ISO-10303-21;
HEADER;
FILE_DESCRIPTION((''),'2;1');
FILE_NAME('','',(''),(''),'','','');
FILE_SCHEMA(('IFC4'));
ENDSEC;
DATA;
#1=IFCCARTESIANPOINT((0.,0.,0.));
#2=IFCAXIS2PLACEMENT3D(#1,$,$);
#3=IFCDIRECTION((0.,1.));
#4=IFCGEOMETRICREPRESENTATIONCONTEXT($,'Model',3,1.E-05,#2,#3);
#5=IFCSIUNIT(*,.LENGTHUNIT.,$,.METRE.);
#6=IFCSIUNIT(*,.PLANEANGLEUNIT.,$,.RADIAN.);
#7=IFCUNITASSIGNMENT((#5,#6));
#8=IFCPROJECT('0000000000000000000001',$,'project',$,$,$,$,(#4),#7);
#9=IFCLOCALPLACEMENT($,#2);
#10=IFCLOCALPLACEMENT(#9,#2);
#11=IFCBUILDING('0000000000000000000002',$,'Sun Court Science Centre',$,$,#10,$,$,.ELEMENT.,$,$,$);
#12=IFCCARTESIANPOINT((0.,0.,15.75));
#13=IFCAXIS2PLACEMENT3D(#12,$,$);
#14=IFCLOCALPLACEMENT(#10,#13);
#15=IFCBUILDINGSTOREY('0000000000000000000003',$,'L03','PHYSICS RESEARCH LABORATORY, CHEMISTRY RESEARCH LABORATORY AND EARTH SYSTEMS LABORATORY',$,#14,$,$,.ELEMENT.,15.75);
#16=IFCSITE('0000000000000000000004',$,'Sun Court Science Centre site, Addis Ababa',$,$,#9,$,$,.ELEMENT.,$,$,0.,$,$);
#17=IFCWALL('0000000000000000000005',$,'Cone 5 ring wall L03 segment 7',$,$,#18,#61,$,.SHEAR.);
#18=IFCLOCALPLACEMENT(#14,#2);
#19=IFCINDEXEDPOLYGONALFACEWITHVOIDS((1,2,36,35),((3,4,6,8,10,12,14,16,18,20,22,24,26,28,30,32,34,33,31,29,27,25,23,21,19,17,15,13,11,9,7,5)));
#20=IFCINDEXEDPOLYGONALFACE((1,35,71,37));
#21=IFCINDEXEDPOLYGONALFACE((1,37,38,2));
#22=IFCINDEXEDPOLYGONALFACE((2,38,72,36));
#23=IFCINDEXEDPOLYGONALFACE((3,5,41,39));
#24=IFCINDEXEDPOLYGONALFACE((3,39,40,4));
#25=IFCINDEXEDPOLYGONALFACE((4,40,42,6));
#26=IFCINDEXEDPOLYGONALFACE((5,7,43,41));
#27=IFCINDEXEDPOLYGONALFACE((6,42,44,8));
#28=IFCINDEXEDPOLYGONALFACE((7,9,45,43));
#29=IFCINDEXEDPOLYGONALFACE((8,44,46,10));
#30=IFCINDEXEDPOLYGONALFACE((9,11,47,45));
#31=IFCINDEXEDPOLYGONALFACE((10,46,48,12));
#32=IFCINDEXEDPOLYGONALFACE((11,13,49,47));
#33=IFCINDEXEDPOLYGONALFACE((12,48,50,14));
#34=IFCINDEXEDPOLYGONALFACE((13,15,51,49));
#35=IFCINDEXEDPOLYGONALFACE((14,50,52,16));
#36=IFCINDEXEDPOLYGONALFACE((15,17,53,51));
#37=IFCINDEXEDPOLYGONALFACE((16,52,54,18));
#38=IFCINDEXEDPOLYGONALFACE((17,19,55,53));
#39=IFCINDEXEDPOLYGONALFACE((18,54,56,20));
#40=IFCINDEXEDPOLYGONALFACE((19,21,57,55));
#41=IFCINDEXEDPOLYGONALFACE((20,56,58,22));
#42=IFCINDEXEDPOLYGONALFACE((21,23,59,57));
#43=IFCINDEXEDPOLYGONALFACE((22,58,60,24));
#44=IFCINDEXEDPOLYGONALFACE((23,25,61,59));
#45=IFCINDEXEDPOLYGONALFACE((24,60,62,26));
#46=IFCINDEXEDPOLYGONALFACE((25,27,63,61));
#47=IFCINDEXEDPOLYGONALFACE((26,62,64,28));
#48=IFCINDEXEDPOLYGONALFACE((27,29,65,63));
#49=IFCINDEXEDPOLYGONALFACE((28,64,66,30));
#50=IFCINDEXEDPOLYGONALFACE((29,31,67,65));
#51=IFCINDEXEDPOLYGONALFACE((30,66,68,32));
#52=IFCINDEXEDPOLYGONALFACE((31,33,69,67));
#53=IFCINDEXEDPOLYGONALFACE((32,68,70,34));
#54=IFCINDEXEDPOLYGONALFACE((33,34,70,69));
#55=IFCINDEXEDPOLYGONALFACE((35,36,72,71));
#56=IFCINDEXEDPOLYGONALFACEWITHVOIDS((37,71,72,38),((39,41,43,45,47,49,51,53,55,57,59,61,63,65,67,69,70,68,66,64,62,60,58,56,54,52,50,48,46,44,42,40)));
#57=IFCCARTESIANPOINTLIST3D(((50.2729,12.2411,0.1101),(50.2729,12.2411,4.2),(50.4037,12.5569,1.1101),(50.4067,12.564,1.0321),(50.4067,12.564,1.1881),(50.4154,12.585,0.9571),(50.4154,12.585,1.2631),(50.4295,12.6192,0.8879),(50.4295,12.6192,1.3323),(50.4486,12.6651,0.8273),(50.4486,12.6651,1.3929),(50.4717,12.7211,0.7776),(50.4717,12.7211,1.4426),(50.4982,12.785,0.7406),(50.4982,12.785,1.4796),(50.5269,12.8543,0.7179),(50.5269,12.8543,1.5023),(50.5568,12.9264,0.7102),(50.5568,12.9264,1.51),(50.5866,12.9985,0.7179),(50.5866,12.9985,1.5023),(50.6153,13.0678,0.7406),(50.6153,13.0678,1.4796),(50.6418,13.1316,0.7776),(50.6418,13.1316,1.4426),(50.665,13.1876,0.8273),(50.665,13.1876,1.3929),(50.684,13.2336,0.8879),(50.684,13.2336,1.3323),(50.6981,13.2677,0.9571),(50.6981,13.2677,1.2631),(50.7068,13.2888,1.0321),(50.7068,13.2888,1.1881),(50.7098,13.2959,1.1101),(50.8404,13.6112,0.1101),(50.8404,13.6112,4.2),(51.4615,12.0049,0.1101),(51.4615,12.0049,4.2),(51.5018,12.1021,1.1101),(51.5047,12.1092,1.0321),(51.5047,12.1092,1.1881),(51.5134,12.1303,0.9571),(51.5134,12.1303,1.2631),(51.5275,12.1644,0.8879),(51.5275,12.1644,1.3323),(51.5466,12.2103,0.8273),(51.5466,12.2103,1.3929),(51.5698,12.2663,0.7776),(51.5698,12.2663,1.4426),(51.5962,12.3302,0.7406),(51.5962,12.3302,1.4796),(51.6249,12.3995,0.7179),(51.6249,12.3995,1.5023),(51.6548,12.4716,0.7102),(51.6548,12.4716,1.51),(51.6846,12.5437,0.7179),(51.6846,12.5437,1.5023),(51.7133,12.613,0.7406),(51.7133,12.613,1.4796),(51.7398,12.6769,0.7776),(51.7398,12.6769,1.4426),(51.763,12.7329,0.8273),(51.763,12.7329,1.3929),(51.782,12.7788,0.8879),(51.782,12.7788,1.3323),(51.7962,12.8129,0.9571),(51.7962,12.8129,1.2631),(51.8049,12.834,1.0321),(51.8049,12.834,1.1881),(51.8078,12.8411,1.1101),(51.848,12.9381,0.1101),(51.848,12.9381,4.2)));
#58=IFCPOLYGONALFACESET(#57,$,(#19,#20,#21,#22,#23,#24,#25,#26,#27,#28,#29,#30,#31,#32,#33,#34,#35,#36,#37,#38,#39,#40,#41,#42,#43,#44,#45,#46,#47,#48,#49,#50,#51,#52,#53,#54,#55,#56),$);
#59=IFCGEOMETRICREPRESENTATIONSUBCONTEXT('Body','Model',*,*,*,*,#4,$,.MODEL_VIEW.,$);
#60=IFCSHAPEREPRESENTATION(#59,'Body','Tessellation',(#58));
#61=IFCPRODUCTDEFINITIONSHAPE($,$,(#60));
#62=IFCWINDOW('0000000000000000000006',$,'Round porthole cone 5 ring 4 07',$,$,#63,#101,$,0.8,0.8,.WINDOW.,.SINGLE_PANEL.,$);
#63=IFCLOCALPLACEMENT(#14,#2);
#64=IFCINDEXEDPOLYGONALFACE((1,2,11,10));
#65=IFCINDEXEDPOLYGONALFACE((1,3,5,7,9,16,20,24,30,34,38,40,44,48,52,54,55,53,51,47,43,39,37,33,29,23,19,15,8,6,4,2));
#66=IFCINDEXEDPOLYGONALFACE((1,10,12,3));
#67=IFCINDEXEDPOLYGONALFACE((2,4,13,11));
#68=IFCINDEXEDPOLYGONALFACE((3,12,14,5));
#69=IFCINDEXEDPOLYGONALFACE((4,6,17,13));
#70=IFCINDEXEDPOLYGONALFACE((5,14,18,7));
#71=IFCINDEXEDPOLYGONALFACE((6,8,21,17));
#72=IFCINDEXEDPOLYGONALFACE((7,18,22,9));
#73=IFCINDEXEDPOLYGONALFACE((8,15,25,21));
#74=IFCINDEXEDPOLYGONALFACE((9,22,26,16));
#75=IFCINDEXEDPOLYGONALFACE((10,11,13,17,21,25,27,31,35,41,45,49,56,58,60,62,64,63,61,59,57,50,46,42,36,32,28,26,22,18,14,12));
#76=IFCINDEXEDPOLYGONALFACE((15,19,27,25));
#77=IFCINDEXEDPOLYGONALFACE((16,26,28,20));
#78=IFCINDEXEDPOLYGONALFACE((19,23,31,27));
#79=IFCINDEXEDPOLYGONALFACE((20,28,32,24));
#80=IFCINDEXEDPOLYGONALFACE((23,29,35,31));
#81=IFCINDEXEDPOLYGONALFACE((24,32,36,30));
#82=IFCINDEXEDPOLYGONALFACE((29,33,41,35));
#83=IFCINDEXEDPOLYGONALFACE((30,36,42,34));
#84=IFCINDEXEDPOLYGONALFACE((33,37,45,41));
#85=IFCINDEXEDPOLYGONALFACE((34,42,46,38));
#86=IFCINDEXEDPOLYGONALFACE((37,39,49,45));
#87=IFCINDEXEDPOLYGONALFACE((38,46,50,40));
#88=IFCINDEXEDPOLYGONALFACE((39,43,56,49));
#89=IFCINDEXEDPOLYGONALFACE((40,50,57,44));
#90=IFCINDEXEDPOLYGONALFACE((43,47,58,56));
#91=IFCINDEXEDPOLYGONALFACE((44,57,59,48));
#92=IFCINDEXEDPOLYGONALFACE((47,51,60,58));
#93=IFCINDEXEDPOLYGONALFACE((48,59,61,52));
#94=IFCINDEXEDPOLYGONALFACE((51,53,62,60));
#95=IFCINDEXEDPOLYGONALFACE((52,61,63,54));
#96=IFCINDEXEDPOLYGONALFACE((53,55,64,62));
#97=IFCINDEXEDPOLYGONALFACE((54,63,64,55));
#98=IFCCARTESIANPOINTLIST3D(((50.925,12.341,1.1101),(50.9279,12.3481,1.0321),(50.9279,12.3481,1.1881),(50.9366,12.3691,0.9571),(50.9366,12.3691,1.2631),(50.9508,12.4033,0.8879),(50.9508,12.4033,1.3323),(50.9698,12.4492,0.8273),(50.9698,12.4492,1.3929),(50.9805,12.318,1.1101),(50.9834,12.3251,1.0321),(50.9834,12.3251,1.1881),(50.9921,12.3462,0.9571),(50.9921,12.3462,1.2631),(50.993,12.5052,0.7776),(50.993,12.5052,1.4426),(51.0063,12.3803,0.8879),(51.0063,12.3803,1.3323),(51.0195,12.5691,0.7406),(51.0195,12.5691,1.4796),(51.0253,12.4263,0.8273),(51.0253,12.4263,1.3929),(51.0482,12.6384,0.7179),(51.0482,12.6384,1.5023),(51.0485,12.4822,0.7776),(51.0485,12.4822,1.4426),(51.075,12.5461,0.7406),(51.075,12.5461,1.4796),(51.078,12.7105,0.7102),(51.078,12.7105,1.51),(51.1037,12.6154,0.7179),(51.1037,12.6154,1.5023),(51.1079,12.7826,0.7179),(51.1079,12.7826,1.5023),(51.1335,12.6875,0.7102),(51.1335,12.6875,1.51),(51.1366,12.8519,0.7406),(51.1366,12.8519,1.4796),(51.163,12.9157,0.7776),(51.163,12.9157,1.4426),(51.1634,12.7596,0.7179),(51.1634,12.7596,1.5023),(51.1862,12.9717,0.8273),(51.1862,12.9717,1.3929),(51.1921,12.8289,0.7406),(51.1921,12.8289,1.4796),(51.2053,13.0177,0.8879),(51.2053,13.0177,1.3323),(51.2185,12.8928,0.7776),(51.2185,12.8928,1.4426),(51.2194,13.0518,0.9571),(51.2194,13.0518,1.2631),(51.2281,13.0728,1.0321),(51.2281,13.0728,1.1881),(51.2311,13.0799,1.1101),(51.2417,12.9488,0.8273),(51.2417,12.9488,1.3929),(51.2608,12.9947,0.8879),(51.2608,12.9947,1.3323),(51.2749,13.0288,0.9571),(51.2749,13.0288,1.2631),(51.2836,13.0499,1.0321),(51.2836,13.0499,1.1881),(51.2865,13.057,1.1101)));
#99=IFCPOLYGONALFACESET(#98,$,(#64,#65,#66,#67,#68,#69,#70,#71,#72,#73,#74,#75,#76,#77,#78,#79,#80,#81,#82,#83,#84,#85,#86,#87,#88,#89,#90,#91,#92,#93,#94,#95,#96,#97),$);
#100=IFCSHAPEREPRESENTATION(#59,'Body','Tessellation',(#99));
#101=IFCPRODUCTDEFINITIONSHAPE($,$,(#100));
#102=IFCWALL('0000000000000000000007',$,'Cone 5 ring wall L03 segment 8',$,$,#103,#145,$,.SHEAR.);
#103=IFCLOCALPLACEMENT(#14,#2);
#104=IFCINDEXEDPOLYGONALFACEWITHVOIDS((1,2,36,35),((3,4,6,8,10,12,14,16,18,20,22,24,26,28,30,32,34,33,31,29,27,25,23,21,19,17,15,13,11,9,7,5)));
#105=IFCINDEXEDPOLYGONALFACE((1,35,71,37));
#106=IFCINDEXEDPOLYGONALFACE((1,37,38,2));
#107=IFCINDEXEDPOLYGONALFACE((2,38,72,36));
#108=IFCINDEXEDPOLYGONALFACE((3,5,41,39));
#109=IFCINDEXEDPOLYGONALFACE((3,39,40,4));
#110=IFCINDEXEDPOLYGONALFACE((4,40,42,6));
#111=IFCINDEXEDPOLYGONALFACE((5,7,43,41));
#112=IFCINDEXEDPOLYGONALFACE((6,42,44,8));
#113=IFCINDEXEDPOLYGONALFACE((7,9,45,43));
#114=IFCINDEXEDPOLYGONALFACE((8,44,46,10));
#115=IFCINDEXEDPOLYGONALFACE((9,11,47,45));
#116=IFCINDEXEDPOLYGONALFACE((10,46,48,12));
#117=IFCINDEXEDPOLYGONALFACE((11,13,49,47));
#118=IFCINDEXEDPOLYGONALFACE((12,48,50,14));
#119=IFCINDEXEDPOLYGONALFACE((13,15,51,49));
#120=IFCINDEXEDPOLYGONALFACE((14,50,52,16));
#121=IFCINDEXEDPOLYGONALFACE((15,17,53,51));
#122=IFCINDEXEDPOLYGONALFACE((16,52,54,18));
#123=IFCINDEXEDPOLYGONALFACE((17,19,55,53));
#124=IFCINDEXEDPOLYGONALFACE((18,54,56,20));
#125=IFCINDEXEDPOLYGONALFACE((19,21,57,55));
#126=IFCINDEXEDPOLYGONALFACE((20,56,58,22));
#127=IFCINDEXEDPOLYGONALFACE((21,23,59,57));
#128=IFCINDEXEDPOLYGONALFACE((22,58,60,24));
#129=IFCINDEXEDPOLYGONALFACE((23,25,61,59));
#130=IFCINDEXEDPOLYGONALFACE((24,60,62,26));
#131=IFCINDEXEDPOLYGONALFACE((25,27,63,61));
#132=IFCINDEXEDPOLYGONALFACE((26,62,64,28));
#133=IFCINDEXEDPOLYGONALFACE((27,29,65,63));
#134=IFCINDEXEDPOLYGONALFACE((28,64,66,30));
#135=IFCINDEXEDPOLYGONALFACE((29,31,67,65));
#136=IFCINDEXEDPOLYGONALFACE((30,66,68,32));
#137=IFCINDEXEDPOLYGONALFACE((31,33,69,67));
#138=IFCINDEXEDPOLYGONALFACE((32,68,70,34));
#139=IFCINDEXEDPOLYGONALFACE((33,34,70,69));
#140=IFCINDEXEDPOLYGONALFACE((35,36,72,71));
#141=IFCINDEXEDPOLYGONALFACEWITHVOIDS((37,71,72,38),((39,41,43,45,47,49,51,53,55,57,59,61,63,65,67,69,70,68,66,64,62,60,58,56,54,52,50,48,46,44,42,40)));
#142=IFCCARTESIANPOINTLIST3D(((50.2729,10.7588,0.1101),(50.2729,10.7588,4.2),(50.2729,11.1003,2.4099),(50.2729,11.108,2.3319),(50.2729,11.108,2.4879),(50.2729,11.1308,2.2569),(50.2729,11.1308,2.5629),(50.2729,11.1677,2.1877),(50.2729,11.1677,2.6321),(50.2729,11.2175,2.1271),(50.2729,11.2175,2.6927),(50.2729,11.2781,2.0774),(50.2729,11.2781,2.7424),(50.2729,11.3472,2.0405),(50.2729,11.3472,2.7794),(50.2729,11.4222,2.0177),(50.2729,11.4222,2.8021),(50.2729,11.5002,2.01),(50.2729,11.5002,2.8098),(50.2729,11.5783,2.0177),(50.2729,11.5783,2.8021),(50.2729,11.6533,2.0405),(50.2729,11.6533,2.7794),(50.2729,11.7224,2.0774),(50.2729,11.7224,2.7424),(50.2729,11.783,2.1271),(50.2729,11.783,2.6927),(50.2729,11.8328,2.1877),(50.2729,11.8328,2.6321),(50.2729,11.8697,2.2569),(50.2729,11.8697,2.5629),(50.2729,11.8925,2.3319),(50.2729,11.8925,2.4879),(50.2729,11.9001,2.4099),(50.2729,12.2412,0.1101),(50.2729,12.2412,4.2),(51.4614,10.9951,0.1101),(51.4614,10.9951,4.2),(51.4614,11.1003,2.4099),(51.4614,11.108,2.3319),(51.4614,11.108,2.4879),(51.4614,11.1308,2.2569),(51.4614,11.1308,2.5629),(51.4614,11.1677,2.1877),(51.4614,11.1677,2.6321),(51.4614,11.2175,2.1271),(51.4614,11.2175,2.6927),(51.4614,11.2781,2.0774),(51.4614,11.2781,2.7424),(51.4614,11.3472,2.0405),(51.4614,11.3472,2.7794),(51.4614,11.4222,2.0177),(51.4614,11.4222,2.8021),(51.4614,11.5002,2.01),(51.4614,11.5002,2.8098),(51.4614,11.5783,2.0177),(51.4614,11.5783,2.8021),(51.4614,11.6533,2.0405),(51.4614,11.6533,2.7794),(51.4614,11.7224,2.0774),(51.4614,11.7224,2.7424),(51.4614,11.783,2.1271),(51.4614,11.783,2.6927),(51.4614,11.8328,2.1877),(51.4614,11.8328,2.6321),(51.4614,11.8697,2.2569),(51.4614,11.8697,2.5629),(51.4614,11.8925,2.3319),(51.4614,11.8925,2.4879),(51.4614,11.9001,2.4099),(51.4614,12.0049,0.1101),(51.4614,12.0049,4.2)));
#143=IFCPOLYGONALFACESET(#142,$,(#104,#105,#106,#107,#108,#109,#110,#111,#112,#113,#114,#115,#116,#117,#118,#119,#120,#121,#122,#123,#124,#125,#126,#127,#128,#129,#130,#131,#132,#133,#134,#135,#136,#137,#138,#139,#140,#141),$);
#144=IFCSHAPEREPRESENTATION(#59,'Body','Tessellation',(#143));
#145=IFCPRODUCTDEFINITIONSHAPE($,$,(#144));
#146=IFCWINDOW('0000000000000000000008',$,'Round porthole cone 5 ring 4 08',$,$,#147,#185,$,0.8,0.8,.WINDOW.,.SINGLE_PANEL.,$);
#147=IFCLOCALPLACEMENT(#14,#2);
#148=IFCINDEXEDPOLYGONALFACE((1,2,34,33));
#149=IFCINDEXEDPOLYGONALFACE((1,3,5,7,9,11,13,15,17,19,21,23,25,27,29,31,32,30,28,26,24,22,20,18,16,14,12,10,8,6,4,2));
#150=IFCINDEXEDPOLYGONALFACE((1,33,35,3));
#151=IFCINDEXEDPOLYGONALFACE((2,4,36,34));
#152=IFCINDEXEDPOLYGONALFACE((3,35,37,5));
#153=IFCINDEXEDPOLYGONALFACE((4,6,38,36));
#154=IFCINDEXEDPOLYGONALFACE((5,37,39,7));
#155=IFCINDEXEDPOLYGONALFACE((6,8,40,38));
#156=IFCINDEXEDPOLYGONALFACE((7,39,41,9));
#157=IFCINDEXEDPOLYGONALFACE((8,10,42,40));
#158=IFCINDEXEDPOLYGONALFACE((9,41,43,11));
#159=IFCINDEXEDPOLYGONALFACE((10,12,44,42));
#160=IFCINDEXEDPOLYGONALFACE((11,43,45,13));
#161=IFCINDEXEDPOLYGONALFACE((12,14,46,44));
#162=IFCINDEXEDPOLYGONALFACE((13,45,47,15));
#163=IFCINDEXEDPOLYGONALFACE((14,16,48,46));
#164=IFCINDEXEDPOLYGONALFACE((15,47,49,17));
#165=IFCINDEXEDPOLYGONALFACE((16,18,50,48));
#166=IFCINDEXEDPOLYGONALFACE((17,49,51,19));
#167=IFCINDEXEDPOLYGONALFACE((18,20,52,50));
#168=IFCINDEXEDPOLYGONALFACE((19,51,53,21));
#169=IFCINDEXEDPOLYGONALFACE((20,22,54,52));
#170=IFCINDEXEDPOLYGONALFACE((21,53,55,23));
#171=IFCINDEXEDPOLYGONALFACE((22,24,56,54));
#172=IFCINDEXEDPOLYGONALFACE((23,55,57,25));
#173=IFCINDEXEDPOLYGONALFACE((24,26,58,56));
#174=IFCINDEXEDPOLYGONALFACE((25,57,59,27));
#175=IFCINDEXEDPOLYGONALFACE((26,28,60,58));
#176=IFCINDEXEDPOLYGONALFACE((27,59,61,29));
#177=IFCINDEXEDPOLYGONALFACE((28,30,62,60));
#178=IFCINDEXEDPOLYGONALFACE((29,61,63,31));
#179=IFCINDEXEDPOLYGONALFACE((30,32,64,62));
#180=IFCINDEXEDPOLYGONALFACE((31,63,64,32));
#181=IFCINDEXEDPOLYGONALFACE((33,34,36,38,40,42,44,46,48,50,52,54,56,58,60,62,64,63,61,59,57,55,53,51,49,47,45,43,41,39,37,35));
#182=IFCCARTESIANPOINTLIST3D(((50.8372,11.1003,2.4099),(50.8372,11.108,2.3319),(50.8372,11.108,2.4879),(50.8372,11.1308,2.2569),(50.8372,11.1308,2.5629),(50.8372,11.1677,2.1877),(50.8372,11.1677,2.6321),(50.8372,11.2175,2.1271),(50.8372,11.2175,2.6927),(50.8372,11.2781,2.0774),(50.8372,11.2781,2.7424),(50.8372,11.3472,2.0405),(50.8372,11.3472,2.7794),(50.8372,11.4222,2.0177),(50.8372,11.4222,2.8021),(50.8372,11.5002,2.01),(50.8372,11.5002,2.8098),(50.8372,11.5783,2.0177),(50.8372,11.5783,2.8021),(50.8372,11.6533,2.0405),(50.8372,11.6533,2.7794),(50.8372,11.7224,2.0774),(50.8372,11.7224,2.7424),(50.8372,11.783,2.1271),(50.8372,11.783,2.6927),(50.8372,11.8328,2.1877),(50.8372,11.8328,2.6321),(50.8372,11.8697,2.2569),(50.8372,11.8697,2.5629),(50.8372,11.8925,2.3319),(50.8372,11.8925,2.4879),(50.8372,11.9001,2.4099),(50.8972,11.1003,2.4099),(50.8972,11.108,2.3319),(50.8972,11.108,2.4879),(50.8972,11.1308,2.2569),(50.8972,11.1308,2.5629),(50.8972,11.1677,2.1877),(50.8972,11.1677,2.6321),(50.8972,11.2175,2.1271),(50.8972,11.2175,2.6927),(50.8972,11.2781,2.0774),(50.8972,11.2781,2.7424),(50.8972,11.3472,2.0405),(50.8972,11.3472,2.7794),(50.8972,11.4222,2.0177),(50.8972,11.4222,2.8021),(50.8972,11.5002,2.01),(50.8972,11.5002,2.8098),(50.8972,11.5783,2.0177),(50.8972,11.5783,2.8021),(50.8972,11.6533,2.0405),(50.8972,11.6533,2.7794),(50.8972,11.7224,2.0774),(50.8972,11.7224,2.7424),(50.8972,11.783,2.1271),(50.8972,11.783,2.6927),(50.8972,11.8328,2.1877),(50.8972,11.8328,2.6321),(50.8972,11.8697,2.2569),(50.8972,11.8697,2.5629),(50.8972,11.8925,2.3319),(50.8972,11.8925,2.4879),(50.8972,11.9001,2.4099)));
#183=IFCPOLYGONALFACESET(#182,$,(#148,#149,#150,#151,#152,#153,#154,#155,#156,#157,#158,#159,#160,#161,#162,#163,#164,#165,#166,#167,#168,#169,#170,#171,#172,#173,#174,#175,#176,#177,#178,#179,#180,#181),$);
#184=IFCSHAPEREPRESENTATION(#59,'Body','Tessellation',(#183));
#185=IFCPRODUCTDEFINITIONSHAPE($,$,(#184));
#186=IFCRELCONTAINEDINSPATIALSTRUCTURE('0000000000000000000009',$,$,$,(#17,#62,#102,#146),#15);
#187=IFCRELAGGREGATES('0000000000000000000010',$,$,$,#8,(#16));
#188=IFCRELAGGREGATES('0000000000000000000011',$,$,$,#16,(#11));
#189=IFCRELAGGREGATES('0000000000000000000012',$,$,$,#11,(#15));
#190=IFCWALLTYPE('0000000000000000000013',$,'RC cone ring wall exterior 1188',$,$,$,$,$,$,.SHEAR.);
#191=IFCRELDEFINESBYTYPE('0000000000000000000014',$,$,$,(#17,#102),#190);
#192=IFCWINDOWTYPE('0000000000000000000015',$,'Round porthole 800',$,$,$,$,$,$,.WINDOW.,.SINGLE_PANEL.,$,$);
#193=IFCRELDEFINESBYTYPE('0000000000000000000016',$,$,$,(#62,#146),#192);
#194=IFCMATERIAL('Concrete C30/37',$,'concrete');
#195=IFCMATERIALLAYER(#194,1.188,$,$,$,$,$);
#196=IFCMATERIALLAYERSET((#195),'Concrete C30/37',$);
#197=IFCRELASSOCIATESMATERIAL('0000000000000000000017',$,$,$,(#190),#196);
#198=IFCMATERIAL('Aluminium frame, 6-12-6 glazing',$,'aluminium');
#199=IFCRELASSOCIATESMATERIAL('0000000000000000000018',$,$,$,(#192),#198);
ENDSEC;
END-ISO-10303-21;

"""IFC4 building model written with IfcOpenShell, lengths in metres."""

from ifc_helpers import new_model, si_unit, direction, frame, frame_2d, origin, place, context, subcontext, project, spatial, polyline, circle, outline, extrude, material, layer, layer_set, type_object, element, fill, save


model = new_model("IFC4")

# Units and contexts
model_context = context("Model", 3, precision=1e-05, world=origin(), true_north=direction((0.0, 1.0)))
body_context = subcontext(model_context, "Body", "Model", "MODEL_VIEW")
ifc_project = project(units=[si_unit("LENGTHUNIT", "METRE"), si_unit("PLANEANGLEUNIT", "RADIAN")], contexts=[model_context])

# Site, building, storey
site_placement = place(None, origin())
site = spatial("IfcSite", under=ifc_project, at=site_placement, Name="Sun Court Science Centre site, Addis Ababa", CompositionType="ELEMENT", RefElevation=0.0)
building_placement = place(site_placement, origin())
building = spatial("IfcBuilding", under=site, at=building_placement, Name="Sun Court Science Centre", CompositionType="ELEMENT")
storey_placement = place(building_placement, frame((0.0, 0.0, 15.75)))
storey = spatial("IfcBuildingStorey", under=building, at=storey_placement, Name="L03", Description="PHYSICS RESEARCH LABORATORY, CHEMISTRY RESEARCH LABORATORY AND EARTH SYSTEMS LABORATORY", CompositionType="ELEMENT", Elevation=15.75)

# Walls, openings, windows
ifc_material_1 = material(Name="Concrete C30/37", Category="concrete")
ifc_layer = layer(ifc_material_1, 1.188)
ifc_layer_set = layer_set([ifc_layer], Name="Concrete C30/37")
wall_type = type_object("IfcWallType", Name="RC cone ring wall exterior 1188", PredefinedType="SHEAR", material=ifc_layer_set)
wall_1_placement = place(storey_placement, frame((51.3894, 13.3838, 0.1101), z_axis=(0.0, 0.0, 1.0), x_axis=(-0.382662, -0.923888, 0.0)))
wall_1 = element("IfcWall", 1, at=wall_1_placement, inside=storey, type_object=wall_type, Name="Cone 5 ring wall L03 segment 7", PredefinedType="SHEAR", context=body_context, shape_type="SweptSolid", body=[
    extrude(outline(polyline([(0.0, -0.5942), (1.4829, -0.5942), (1.2463, 0.5942), (0.2363, 0.5942), (0.0, -0.5942)])), origin(), (0.0, 0.0, 1.0), 4.0898),
])
opening_1_placement = place(wall_1_placement, frame((0.3413, 0.0, 0.6001)))
opening_1 = element("IfcOpeningElement", 2, at=opening_1_placement, cuts=wall_1, PredefinedType="OPENING", context=body_context, shape_type="SweptSolid", body=[
    extrude(circle(Radius=0.3999, at=frame_2d((0.3999, 0.3999))), frame((0.0, 0.6042, 0.0), z_axis=(0.0, -1.0, 0.0), x_axis=(1.0, 0.0, 0.0)), (0.0, 0.0, 1.0), 1.2085),
])
ifc_material_2 = material(Name="Aluminium frame, 6-12-6 glazing", Category="aluminium")
window_type = type_object("IfcWindowType", Name="Round porthole 800", PartitioningType="SINGLE_PANEL", PredefinedType="WINDOW", material=ifc_material_2)
window_1_placement = place(opening_1_placement, origin())
window_1 = element("IfcWindow", 3, at=window_1_placement, inside=storey, type_object=window_type, Name="Round porthole cone 5 ring 4 07", OverallHeight=0.8, OverallWidth=0.8, PartitioningType="SINGLE_PANEL", PredefinedType="WINDOW", context=body_context, shape_type="SweptSolid", body=[
    extrude(circle(Radius=0.3999, at=frame_2d((0.3999, 0.3999))), frame((0.0, 0.03, 0.0), z_axis=(0.0, -1.0, 0.0), x_axis=(1.0, 0.0, 0.0)), (0.0, 0.0, 1.0), 0.0601),
])
fill(opening_1, window_1)
wall_2_placement = place(storey_placement, frame((50.8672, 12.2415, 0.1101), z_axis=(0.0, 0.0, 1.0), x_axis=(0.0, -1.0, 0.0)))
wall_2 = element("IfcWall", 4, at=wall_2_placement, inside=storey, type_object=wall_type, Name="Cone 5 ring wall L03 segment 8", PredefinedType="SHEAR", context=body_context, shape_type="SweptSolid", body=[
    extrude(outline(polyline([(0.0002, -0.5942), (1.4827, -0.5942), (1.2463, 0.5942), (0.2366, 0.5942), (0.0002, -0.5942)])), origin(), (0.0, 0.0, 1.0), 4.0898),
])
opening_2_placement = place(wall_2_placement, frame((0.3413, 0.0, 1.8999)))
opening_2 = element("IfcOpeningElement", 5, at=opening_2_placement, cuts=wall_2, PredefinedType="OPENING", context=body_context, shape_type="SweptSolid", body=[
    extrude(circle(Radius=0.3999, at=frame_2d((0.3999, 0.3999))), frame((0.0, 0.6042, 0.0), z_axis=(0.0, -1.0, 0.0), x_axis=(1.0, 0.0, 0.0)), (0.0, 0.0, 1.0), 1.2085),
])
window_2_placement = place(opening_2_placement, origin())
window_2 = element("IfcWindow", 6, at=window_2_placement, inside=storey, type_object=window_type, Name="Round porthole cone 5 ring 4 08", OverallHeight=0.8, OverallWidth=0.8, PartitioningType="SINGLE_PANEL", PredefinedType="WINDOW", context=body_context, shape_type="SweptSolid", body=[
    extrude(circle(Radius=0.3999, at=frame_2d((0.3999, 0.3999))), frame((0.0, 0.03, 0.0), z_axis=(0.0, -1.0, 0.0), x_axis=(1.0, 0.0, 0.0)), (0.0, 0.0, 1.0), 0.0601),
])
fill(opening_2, window_2)

save(model, "model.ifc")
